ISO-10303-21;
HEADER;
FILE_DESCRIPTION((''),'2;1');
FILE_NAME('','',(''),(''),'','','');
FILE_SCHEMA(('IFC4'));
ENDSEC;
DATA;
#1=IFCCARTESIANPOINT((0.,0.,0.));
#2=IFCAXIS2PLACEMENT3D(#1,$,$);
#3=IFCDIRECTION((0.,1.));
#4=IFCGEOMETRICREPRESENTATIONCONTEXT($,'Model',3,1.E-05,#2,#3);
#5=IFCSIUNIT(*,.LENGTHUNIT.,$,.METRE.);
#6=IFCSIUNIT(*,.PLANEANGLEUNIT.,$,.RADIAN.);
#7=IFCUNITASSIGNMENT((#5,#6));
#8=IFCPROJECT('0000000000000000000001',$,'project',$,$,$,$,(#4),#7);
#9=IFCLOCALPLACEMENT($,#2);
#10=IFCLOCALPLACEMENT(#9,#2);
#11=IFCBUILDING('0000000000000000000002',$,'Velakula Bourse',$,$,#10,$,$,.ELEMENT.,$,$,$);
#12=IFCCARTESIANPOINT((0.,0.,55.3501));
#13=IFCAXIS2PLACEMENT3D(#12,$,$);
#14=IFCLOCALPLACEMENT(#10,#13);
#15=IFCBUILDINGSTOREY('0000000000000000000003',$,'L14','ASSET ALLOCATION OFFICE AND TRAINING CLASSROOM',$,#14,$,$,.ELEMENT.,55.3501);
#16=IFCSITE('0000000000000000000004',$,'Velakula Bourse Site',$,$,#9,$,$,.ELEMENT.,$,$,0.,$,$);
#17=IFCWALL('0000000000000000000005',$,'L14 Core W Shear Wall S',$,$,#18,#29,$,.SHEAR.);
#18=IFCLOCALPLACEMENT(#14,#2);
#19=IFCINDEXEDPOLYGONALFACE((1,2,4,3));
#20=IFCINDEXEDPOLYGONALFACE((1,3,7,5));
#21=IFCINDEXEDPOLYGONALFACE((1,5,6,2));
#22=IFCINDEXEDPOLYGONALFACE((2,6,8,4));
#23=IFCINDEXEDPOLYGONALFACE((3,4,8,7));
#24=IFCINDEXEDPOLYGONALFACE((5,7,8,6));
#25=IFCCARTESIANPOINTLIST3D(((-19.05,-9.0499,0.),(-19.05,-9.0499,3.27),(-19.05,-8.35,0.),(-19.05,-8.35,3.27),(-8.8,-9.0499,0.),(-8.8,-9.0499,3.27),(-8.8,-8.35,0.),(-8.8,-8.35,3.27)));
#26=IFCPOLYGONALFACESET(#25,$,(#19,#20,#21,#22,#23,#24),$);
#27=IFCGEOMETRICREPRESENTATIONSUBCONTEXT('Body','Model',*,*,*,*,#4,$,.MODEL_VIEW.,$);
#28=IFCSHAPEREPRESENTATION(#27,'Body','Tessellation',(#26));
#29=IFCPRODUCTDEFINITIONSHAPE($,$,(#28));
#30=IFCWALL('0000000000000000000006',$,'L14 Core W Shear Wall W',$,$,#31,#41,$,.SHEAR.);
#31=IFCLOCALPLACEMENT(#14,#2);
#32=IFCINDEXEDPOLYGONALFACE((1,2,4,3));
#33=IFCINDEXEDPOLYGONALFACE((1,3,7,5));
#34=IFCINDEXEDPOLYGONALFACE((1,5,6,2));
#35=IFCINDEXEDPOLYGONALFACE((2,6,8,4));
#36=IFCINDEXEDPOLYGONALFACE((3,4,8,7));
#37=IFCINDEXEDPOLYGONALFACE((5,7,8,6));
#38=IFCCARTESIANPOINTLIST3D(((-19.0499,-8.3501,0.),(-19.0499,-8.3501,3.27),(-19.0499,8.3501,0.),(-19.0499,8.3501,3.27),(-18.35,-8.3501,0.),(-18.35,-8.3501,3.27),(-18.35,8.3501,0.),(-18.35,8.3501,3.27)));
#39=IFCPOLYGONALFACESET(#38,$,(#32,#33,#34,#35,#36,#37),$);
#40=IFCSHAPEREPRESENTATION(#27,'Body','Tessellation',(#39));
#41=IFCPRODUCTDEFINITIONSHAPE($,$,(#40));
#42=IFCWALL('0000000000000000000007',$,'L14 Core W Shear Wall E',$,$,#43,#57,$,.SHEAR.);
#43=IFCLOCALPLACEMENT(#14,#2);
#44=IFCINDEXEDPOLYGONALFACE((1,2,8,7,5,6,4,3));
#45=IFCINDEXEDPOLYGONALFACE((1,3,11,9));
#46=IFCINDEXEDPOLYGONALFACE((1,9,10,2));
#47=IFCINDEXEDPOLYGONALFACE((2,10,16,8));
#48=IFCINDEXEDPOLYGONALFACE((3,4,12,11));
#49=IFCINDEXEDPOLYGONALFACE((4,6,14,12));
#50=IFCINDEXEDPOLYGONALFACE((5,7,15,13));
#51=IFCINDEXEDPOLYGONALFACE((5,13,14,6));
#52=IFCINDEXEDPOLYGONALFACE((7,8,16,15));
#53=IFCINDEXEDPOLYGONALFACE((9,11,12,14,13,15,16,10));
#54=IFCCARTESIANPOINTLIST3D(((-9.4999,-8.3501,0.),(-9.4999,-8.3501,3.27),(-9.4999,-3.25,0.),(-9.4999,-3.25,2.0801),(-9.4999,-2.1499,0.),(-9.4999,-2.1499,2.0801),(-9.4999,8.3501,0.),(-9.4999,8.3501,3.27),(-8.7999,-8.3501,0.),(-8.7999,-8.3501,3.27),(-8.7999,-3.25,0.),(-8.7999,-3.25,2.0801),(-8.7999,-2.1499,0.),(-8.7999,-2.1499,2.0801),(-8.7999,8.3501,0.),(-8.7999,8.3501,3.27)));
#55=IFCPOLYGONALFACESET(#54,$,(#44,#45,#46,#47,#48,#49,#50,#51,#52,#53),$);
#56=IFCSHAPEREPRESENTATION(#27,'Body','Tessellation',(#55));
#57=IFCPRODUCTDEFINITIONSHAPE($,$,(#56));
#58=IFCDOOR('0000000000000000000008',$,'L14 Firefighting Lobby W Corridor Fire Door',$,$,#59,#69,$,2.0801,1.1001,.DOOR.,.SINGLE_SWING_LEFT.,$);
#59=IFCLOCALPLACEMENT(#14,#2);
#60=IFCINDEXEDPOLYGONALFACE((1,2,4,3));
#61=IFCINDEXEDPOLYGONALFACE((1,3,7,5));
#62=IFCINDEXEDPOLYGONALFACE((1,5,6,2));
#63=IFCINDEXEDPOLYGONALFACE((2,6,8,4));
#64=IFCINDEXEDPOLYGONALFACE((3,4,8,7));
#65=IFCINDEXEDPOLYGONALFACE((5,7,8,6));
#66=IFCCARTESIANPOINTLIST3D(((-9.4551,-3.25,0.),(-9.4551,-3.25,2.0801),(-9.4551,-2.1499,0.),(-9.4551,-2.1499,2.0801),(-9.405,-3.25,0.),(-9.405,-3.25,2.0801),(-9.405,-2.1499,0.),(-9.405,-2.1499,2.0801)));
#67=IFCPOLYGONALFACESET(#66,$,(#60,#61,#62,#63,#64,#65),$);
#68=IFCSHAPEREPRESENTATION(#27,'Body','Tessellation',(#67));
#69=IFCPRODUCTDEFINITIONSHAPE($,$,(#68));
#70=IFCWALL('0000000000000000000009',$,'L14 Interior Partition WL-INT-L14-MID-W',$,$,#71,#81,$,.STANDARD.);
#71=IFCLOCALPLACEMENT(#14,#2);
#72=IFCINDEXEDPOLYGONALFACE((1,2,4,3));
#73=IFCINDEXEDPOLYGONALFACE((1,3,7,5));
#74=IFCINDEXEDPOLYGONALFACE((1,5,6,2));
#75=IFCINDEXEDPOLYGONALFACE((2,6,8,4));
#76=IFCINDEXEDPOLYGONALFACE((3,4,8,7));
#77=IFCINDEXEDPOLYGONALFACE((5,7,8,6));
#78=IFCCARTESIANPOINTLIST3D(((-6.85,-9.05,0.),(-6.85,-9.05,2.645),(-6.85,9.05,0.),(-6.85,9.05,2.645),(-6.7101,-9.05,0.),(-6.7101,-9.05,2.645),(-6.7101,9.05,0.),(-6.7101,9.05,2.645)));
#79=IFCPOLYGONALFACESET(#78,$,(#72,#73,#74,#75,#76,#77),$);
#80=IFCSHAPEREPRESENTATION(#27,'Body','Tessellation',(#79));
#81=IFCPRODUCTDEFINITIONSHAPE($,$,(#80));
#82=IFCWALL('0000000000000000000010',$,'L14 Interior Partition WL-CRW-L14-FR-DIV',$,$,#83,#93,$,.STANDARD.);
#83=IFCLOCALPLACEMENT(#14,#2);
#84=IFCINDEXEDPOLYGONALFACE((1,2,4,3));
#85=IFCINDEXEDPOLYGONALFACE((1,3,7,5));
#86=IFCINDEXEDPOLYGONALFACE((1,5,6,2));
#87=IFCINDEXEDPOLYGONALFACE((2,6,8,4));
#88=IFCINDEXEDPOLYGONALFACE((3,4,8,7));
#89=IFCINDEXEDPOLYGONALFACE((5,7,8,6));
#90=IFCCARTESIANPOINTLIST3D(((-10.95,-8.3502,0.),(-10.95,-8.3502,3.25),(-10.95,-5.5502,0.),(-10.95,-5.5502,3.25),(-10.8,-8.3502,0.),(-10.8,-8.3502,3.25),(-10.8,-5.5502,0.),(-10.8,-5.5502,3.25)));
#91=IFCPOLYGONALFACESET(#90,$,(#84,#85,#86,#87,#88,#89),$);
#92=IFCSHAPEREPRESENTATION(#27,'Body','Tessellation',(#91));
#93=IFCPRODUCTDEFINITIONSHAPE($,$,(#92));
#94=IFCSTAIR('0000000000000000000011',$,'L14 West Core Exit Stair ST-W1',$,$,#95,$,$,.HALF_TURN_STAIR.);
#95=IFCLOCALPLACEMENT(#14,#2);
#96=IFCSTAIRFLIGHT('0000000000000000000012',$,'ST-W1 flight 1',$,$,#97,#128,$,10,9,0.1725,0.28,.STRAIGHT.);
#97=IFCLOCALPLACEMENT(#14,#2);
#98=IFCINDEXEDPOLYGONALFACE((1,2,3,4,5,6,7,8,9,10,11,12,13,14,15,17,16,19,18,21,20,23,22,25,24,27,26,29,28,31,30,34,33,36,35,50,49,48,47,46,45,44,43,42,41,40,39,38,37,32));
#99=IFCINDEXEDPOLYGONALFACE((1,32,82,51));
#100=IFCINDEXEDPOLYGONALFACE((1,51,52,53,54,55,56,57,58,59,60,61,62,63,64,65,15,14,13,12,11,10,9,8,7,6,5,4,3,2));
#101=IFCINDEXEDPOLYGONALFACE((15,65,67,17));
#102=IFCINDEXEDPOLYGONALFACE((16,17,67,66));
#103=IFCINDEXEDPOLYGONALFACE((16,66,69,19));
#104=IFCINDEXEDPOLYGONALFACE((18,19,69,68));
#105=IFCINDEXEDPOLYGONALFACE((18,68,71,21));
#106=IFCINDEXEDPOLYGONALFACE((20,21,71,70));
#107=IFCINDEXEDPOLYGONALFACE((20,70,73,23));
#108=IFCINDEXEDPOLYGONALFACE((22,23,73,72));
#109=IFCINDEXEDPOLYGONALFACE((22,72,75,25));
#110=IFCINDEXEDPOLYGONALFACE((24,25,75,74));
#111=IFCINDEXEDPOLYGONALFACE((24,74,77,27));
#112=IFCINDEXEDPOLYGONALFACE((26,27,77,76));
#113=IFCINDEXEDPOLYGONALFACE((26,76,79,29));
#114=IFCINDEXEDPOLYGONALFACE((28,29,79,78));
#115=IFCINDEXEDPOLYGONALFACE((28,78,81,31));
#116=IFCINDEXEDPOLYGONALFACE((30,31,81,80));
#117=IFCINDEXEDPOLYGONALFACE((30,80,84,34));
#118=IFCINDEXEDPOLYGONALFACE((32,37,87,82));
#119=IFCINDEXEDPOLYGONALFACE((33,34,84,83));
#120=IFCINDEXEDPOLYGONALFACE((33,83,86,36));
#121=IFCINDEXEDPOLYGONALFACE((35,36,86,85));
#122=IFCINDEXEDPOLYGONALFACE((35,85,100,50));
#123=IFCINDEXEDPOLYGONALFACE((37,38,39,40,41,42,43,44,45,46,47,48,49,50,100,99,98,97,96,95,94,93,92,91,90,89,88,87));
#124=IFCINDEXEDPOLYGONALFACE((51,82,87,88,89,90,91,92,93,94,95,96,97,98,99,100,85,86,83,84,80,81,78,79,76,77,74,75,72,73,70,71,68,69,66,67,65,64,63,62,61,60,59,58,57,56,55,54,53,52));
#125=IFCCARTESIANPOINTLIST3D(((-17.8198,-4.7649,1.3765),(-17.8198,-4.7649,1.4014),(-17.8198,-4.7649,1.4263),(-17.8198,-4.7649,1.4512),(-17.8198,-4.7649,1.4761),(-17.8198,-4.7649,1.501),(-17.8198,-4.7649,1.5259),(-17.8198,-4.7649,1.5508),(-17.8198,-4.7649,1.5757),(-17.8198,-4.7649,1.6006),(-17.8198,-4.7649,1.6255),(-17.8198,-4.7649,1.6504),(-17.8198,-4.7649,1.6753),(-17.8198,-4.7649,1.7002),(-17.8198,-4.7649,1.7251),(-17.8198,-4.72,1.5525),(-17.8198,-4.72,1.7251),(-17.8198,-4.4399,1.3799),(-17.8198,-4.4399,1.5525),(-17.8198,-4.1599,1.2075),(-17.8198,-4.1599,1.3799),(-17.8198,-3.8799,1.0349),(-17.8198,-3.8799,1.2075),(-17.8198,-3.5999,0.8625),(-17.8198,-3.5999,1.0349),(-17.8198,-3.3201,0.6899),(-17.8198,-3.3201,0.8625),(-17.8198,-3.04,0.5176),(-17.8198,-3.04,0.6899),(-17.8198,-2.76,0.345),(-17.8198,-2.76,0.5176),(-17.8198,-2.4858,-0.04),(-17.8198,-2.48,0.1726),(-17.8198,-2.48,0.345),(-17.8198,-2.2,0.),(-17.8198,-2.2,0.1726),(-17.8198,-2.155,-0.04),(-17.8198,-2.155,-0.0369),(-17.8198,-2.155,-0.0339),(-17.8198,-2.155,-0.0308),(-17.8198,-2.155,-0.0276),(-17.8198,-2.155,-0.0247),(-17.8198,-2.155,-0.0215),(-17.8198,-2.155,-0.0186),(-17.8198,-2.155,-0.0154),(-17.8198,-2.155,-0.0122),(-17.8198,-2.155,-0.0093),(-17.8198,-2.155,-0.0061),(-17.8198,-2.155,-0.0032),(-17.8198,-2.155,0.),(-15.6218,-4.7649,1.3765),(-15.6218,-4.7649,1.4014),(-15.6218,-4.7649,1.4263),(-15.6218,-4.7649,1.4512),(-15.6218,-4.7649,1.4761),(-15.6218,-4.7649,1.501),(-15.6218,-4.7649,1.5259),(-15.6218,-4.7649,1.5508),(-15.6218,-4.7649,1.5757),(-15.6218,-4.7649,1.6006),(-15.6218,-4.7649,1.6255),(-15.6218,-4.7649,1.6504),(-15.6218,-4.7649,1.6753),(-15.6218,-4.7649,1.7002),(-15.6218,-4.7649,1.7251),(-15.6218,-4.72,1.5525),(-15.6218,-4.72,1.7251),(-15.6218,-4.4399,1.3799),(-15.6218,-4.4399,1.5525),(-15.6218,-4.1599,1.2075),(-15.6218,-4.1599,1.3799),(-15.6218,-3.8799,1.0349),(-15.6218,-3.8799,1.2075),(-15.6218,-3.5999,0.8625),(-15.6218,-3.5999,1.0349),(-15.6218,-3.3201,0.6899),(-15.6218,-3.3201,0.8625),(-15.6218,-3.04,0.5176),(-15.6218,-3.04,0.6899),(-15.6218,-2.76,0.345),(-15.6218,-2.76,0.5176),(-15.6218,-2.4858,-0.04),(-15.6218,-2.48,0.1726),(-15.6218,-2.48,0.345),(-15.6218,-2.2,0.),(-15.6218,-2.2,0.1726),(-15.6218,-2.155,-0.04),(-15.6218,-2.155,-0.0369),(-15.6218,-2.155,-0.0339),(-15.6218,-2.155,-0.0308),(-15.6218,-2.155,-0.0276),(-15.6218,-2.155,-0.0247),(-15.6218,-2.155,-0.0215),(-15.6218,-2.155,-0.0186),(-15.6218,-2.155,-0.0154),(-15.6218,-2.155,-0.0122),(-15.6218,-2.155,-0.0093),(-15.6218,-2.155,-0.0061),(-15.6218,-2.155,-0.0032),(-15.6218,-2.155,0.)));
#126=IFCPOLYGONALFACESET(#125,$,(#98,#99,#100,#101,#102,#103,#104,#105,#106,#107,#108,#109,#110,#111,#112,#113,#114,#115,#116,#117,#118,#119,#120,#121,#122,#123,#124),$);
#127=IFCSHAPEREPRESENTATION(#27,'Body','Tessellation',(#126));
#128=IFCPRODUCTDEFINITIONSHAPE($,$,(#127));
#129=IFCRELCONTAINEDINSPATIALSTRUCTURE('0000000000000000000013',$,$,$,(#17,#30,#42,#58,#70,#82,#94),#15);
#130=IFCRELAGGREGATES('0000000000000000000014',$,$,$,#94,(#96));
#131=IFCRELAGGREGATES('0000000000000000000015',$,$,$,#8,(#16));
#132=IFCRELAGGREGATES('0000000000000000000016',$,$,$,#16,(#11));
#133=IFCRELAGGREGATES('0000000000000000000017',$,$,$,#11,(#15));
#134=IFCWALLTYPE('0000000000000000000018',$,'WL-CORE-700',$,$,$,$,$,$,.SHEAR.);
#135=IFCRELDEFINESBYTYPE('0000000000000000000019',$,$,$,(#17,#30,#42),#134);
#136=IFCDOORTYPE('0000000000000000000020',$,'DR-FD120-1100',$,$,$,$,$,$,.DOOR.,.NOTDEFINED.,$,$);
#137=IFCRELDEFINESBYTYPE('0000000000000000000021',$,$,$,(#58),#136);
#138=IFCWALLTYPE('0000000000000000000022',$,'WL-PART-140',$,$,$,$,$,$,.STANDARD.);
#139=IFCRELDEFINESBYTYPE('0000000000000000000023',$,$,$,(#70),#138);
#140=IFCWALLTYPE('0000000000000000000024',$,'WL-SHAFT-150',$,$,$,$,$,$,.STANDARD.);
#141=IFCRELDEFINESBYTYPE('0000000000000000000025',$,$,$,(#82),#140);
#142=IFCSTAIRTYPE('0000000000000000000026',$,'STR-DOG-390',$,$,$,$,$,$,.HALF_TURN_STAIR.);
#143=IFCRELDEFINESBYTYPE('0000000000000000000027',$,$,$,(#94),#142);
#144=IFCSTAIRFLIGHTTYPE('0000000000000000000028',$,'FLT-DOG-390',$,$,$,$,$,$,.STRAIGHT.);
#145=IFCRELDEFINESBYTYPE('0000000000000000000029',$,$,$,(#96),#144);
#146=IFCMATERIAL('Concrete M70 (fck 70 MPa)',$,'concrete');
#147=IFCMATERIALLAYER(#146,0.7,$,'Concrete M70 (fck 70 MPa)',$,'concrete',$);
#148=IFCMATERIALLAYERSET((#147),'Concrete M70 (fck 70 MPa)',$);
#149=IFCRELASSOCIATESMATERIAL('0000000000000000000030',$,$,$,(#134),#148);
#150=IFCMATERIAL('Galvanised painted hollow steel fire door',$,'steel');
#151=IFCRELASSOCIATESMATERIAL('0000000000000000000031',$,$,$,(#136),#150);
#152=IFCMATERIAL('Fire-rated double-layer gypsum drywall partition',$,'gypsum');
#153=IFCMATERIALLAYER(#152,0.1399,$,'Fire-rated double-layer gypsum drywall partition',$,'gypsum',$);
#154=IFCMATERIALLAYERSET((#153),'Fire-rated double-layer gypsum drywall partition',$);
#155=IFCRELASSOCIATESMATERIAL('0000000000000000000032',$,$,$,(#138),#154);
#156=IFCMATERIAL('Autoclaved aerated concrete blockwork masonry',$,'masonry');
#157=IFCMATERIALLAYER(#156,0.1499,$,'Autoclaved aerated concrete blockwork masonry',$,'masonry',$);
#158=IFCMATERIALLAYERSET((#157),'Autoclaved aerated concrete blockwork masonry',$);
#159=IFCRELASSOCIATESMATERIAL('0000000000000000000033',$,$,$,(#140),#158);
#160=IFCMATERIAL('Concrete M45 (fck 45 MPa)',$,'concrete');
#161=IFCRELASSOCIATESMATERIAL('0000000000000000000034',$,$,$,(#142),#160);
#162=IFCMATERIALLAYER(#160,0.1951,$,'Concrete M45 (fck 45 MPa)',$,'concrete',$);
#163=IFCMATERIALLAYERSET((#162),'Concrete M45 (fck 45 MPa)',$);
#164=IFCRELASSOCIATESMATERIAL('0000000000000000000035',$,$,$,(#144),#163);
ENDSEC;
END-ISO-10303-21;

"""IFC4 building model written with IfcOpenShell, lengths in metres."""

from ifc_helpers import new_model, si_unit, direction, frame, frame_2d, origin, place, context, subcontext, project, spatial, polyline, rectangle, outline, extrude, material, layer, layer_set, type_object, element, fill, aggregate, save


model = new_model("IFC4")

# Units and contexts
model_context = context("Model", 3, precision=1e-05, world=origin(), true_north=direction((0.0, 1.0)))
body_context = subcontext(model_context, "Body", "Model", "MODEL_VIEW")
ifc_project = project(units=[si_unit("LENGTHUNIT", "METRE"), si_unit("PLANEANGLEUNIT", "RADIAN")], contexts=[model_context])

# Site, building, storey
site_placement = place(None, origin())
site = spatial("IfcSite", under=ifc_project, at=site_placement, Name="Velakula Bourse Site", CompositionType="ELEMENT", RefElevation=0.0)
building_placement = place(site_placement, origin())
building = spatial("IfcBuilding", under=site, at=building_placement, Name="Velakula Bourse", CompositionType="ELEMENT")
storey_placement = place(building_placement, frame((0.0, 0.0, 55.3501)))
storey = spatial("IfcBuildingStorey", under=building, at=storey_placement, Name="L14", Description="ASSET ALLOCATION OFFICE AND TRAINING CLASSROOM", CompositionType="ELEMENT", Elevation=55.3501)

# Shared definitions
ifc_material_1 = material(Name="Concrete M70 (fck 70 MPa)", Category="concrete")

# Shared definitions
ifc_material_2 = material(Name="Galvanised painted hollow steel fire door", Category="steel")

# Walls
ifc_layer_1 = layer(ifc_material_1, 0.7, Name="Concrete M70 (fck 70 MPa)", Category="concrete")
ifc_layer_set_1 = layer_set([ifc_layer_1], Name="Concrete M70 (fck 70 MPa)")
wall_type_1 = type_object("IfcWallType", Name="WL-CORE-700", PredefinedType="SHEAR", material=ifc_layer_set_1)
wall_1_placement = place(storey_placement, frame((-19.05, -8.7, 0.0), z_axis=(0.0, 0.0, 1.0), x_axis=(1.0, 0.0, 0.0)))
element("IfcWall", 1, at=wall_1_placement, inside=storey, type_object=wall_type_1, Name="L14 Core W Shear Wall S", PredefinedType="SHEAR", context=body_context, shape_type="SweptSolid", body=[
    extrude(rectangle(XDim=10.25, YDim=0.7, at=frame_2d((5.125, 0.0))), origin(), (0.0, 0.0, 1.0), 3.27),
])
wall_2_placement = place(storey_placement, frame((-18.7, -8.3501, 0.0), z_axis=(0.0, 0.0, 1.0), x_axis=(0.0, 1.0, 0.0)))
element("IfcWall", 2, at=wall_2_placement, inside=storey, type_object=wall_type_1, Name="L14 Core W Shear Wall W", PredefinedType="SHEAR", context=body_context, shape_type="SweptSolid", body=[
    extrude(rectangle(XDim=16.7002, YDim=0.7, at=frame_2d((8.3501, 0.0))), origin(), (0.0, 0.0, 1.0), 3.27),
])

# Wall, opening, door
wall_3_placement = place(storey_placement, frame((-9.1499, -8.3501, 0.0), z_axis=(0.0, 0.0, 1.0), x_axis=(0.0, 1.0, 0.0)))
wall_3 = element("IfcWall", 3, at=wall_3_placement, inside=storey, type_object=wall_type_1, Name="L14 Core W Shear Wall E", PredefinedType="SHEAR", context=body_context, shape_type="SweptSolid", body=[
    extrude(rectangle(XDim=16.7002, YDim=0.7, at=frame_2d((8.3501, 0.0))), origin(), (0.0, 0.0, 1.0), 3.27),
])
opening_1_placement = place(wall_3_placement, frame((5.1001, 0.0, 0.0)))
opening_1 = element("IfcOpeningElement", 4, at=opening_1_placement, cuts=wall_3, PredefinedType="OPENING", context=body_context, shape_type="SweptSolid", body=[
    extrude(rectangle(XDim=1.1001, YDim=2.0801, at=frame_2d((0.55, 1.04))), frame((0.0, 0.3599, 0.0), z_axis=(0.0, -1.0, 0.0), x_axis=(1.0, 0.0, 0.0)), (0.0, 0.0, 1.0), 0.72),
])
door_type_1 = type_object("IfcDoorType", Name="DR-FD120-1100", OperationType="NOTDEFINED", PredefinedType="DOOR", material=ifc_material_2)
door_1_placement = place(opening_1_placement, origin())
door_1 = element("IfcDoor", 5, at=door_1_placement, inside=storey, type_object=door_type_1, Name="L14 Firefighting Lobby W Corridor Fire Door", OperationType="SINGLE_SWING_LEFT", OverallHeight=2.0801, OverallWidth=1.1001, PredefinedType="DOOR", context=body_context, shape_type="SweptSolid", body=[
    extrude(rectangle(XDim=1.1001, YDim=2.0801, at=frame_2d((0.55, 1.04))), frame((0.0, 0.3052, 0.0), z_axis=(0.0, -1.0, 0.0), x_axis=(1.0, 0.0, 0.0)), (0.0, 0.0, 1.0), 0.05),
])
fill(opening_1, door_1)

# Wall
ifc_material_3 = material(Name="Fire-rated double-layer gypsum drywall partition", Category="gypsum")
ifc_layer_2 = layer(ifc_material_3, 0.1399, Name="Fire-rated double-layer gypsum drywall partition", Category="gypsum")
ifc_layer_set_2 = layer_set([ifc_layer_2], Name="Fire-rated double-layer gypsum drywall partition")
wall_type_2 = type_object("IfcWallType", Name="WL-PART-140", PredefinedType="STANDARD", material=ifc_layer_set_2)
wall_4_placement = place(storey_placement, frame((-6.78, -9.05, 0.0), z_axis=(0.0, 0.0, 1.0), x_axis=(0.0, 1.0, 0.0)))
element("IfcWall", 6, at=wall_4_placement, inside=storey, type_object=wall_type_2, Name="L14 Interior Partition WL-INT-L14-MID-W", PredefinedType="STANDARD", context=body_context, shape_type="SweptSolid", body=[
    extrude(rectangle(XDim=18.1001, YDim=0.1399, at=frame_2d((9.05, 0.0))), origin(), (0.0, 0.0, 1.0), 2.645),
])

# Shared definitions
ifc_material_4 = material(Name="Autoclaved aerated concrete blockwork masonry", Category="masonry")
ifc_layer_3 = layer(ifc_material_4, 0.1499, Name="Autoclaved aerated concrete blockwork masonry", Category="masonry")
ifc_layer_set_3 = layer_set([ifc_layer_3], Name="Autoclaved aerated concrete blockwork masonry")
wall_type_3 = type_object("IfcWallType", Name="WL-SHAFT-150", PredefinedType="STANDARD", material=ifc_layer_set_3)

# Wall
wall_5_placement = place(storey_placement, frame((-10.875, -8.3501, 0.0), z_axis=(0.0, 0.0, 1.0), x_axis=(0.0, 1.0, 0.0)))
element("IfcWall", 7, at=wall_5_placement, inside=storey, type_object=wall_type_3, Name="L14 Interior Partition WL-CRW-L14-FR-DIV", PredefinedType="STANDARD", context=body_context, shape_type="SweptSolid", body=[
    extrude(rectangle(XDim=2.8, YDim=0.1499, at=frame_2d((1.3999, 0.0))), origin(), (0.0, 0.0, 1.0), 3.25),
])

# Stair, stair flight
ifc_material_5 = material(Name="Concrete M45 (fck 45 MPa)", Category="concrete")
stair_type = type_object("IfcStairType", Name="STR-DOG-390", PredefinedType="HALF_TURN_STAIR", material=ifc_material_5)
stair_placement = place(storey_placement, origin())
stair = element("IfcStair", 8, at=stair_placement, inside=storey, type_object=stair_type, Name="L14 West Core Exit Stair ST-W1", PredefinedType="HALF_TURN_STAIR")
ifc_layer_4 = layer(ifc_material_5, 0.1951, Name="Concrete M45 (fck 45 MPa)", Category="concrete")
ifc_layer_set_4 = layer_set([ifc_layer_4], Name="Concrete M45 (fck 45 MPa)")
stair_flight_type = type_object("IfcStairFlightType", Name="FLT-DOG-390", PredefinedType="STRAIGHT", material=ifc_layer_set_4)
stair_flight_1_placement = place(storey_placement, frame((-16.7209, -2.2, 0.0), z_axis=(0.0, 0.0, 1.0), x_axis=(0.0, -1.0, 0.0)))
stair_flight_1 = element("IfcStairFlight", 9, at=stair_flight_1_placement, type_object=stair_flight_type, Name="ST-W1 flight 1", NumberOfRisers=10, NumberOfTreads=9, PredefinedType="STRAIGHT", RiserHeight=0.1725, TreadLength=0.28, context=body_context, shape_type="SweptSolid", body=[
    extrude(outline(polyline([(-0.0449, -0.04), (-0.0449, -0.0369), (-0.0449, -0.0339), (-0.0449, -0.0308), (-0.0449, -0.0276), (-0.0449, -0.0247), (-0.0449, -0.0215), (-0.0449, -0.0186), (-0.0449, -0.0154), (-0.0449, -0.0122), (-0.0449, -0.0093), (-0.0449, -0.0061), (-0.0449, -0.0032), (-0.0449, 0.0), (0.0, 0.0), (0.0, 0.1726), (0.28, 0.1726), (0.28, 0.345), (0.5601, 0.345), (0.5601, 0.5176), (0.8401, 0.5176), (0.8401, 0.6899), (1.1201, 0.6899), (1.1201, 0.8625), (1.3999, 0.8625), (1.3999, 1.0349), (1.6799, 1.0349), (1.6799, 1.2075), (1.96, 1.2075), (1.96, 1.3799), (2.24, 1.3799), (2.24, 1.5525), (2.52, 1.5525), (2.52, 1.7251), (2.5649, 1.7251), (2.5649, 1.7002), (2.5649, 1.6753), (2.5649, 1.6504), (2.5649, 1.6255), (2.5649, 1.6006), (2.5649, 1.5757), (2.5649, 1.5508), (2.5649, 1.5259), (2.5649, 1.501), (2.5649, 1.4761), (2.5649, 1.4512), (2.5649, 1.4263), (2.5649, 1.4014), (2.5649, 1.3765), (0.2859, -0.04), (-0.0449, -0.04)])), frame((0.0, 1.0991, 0.0), z_axis=(0.0, -1.0, 0.0), x_axis=(1.0, 0.0, 0.0)), (0.0, 0.0, 1.0), 2.198),
])
aggregate(stair, [stair_flight_1])

save(model, "model.ifc")
